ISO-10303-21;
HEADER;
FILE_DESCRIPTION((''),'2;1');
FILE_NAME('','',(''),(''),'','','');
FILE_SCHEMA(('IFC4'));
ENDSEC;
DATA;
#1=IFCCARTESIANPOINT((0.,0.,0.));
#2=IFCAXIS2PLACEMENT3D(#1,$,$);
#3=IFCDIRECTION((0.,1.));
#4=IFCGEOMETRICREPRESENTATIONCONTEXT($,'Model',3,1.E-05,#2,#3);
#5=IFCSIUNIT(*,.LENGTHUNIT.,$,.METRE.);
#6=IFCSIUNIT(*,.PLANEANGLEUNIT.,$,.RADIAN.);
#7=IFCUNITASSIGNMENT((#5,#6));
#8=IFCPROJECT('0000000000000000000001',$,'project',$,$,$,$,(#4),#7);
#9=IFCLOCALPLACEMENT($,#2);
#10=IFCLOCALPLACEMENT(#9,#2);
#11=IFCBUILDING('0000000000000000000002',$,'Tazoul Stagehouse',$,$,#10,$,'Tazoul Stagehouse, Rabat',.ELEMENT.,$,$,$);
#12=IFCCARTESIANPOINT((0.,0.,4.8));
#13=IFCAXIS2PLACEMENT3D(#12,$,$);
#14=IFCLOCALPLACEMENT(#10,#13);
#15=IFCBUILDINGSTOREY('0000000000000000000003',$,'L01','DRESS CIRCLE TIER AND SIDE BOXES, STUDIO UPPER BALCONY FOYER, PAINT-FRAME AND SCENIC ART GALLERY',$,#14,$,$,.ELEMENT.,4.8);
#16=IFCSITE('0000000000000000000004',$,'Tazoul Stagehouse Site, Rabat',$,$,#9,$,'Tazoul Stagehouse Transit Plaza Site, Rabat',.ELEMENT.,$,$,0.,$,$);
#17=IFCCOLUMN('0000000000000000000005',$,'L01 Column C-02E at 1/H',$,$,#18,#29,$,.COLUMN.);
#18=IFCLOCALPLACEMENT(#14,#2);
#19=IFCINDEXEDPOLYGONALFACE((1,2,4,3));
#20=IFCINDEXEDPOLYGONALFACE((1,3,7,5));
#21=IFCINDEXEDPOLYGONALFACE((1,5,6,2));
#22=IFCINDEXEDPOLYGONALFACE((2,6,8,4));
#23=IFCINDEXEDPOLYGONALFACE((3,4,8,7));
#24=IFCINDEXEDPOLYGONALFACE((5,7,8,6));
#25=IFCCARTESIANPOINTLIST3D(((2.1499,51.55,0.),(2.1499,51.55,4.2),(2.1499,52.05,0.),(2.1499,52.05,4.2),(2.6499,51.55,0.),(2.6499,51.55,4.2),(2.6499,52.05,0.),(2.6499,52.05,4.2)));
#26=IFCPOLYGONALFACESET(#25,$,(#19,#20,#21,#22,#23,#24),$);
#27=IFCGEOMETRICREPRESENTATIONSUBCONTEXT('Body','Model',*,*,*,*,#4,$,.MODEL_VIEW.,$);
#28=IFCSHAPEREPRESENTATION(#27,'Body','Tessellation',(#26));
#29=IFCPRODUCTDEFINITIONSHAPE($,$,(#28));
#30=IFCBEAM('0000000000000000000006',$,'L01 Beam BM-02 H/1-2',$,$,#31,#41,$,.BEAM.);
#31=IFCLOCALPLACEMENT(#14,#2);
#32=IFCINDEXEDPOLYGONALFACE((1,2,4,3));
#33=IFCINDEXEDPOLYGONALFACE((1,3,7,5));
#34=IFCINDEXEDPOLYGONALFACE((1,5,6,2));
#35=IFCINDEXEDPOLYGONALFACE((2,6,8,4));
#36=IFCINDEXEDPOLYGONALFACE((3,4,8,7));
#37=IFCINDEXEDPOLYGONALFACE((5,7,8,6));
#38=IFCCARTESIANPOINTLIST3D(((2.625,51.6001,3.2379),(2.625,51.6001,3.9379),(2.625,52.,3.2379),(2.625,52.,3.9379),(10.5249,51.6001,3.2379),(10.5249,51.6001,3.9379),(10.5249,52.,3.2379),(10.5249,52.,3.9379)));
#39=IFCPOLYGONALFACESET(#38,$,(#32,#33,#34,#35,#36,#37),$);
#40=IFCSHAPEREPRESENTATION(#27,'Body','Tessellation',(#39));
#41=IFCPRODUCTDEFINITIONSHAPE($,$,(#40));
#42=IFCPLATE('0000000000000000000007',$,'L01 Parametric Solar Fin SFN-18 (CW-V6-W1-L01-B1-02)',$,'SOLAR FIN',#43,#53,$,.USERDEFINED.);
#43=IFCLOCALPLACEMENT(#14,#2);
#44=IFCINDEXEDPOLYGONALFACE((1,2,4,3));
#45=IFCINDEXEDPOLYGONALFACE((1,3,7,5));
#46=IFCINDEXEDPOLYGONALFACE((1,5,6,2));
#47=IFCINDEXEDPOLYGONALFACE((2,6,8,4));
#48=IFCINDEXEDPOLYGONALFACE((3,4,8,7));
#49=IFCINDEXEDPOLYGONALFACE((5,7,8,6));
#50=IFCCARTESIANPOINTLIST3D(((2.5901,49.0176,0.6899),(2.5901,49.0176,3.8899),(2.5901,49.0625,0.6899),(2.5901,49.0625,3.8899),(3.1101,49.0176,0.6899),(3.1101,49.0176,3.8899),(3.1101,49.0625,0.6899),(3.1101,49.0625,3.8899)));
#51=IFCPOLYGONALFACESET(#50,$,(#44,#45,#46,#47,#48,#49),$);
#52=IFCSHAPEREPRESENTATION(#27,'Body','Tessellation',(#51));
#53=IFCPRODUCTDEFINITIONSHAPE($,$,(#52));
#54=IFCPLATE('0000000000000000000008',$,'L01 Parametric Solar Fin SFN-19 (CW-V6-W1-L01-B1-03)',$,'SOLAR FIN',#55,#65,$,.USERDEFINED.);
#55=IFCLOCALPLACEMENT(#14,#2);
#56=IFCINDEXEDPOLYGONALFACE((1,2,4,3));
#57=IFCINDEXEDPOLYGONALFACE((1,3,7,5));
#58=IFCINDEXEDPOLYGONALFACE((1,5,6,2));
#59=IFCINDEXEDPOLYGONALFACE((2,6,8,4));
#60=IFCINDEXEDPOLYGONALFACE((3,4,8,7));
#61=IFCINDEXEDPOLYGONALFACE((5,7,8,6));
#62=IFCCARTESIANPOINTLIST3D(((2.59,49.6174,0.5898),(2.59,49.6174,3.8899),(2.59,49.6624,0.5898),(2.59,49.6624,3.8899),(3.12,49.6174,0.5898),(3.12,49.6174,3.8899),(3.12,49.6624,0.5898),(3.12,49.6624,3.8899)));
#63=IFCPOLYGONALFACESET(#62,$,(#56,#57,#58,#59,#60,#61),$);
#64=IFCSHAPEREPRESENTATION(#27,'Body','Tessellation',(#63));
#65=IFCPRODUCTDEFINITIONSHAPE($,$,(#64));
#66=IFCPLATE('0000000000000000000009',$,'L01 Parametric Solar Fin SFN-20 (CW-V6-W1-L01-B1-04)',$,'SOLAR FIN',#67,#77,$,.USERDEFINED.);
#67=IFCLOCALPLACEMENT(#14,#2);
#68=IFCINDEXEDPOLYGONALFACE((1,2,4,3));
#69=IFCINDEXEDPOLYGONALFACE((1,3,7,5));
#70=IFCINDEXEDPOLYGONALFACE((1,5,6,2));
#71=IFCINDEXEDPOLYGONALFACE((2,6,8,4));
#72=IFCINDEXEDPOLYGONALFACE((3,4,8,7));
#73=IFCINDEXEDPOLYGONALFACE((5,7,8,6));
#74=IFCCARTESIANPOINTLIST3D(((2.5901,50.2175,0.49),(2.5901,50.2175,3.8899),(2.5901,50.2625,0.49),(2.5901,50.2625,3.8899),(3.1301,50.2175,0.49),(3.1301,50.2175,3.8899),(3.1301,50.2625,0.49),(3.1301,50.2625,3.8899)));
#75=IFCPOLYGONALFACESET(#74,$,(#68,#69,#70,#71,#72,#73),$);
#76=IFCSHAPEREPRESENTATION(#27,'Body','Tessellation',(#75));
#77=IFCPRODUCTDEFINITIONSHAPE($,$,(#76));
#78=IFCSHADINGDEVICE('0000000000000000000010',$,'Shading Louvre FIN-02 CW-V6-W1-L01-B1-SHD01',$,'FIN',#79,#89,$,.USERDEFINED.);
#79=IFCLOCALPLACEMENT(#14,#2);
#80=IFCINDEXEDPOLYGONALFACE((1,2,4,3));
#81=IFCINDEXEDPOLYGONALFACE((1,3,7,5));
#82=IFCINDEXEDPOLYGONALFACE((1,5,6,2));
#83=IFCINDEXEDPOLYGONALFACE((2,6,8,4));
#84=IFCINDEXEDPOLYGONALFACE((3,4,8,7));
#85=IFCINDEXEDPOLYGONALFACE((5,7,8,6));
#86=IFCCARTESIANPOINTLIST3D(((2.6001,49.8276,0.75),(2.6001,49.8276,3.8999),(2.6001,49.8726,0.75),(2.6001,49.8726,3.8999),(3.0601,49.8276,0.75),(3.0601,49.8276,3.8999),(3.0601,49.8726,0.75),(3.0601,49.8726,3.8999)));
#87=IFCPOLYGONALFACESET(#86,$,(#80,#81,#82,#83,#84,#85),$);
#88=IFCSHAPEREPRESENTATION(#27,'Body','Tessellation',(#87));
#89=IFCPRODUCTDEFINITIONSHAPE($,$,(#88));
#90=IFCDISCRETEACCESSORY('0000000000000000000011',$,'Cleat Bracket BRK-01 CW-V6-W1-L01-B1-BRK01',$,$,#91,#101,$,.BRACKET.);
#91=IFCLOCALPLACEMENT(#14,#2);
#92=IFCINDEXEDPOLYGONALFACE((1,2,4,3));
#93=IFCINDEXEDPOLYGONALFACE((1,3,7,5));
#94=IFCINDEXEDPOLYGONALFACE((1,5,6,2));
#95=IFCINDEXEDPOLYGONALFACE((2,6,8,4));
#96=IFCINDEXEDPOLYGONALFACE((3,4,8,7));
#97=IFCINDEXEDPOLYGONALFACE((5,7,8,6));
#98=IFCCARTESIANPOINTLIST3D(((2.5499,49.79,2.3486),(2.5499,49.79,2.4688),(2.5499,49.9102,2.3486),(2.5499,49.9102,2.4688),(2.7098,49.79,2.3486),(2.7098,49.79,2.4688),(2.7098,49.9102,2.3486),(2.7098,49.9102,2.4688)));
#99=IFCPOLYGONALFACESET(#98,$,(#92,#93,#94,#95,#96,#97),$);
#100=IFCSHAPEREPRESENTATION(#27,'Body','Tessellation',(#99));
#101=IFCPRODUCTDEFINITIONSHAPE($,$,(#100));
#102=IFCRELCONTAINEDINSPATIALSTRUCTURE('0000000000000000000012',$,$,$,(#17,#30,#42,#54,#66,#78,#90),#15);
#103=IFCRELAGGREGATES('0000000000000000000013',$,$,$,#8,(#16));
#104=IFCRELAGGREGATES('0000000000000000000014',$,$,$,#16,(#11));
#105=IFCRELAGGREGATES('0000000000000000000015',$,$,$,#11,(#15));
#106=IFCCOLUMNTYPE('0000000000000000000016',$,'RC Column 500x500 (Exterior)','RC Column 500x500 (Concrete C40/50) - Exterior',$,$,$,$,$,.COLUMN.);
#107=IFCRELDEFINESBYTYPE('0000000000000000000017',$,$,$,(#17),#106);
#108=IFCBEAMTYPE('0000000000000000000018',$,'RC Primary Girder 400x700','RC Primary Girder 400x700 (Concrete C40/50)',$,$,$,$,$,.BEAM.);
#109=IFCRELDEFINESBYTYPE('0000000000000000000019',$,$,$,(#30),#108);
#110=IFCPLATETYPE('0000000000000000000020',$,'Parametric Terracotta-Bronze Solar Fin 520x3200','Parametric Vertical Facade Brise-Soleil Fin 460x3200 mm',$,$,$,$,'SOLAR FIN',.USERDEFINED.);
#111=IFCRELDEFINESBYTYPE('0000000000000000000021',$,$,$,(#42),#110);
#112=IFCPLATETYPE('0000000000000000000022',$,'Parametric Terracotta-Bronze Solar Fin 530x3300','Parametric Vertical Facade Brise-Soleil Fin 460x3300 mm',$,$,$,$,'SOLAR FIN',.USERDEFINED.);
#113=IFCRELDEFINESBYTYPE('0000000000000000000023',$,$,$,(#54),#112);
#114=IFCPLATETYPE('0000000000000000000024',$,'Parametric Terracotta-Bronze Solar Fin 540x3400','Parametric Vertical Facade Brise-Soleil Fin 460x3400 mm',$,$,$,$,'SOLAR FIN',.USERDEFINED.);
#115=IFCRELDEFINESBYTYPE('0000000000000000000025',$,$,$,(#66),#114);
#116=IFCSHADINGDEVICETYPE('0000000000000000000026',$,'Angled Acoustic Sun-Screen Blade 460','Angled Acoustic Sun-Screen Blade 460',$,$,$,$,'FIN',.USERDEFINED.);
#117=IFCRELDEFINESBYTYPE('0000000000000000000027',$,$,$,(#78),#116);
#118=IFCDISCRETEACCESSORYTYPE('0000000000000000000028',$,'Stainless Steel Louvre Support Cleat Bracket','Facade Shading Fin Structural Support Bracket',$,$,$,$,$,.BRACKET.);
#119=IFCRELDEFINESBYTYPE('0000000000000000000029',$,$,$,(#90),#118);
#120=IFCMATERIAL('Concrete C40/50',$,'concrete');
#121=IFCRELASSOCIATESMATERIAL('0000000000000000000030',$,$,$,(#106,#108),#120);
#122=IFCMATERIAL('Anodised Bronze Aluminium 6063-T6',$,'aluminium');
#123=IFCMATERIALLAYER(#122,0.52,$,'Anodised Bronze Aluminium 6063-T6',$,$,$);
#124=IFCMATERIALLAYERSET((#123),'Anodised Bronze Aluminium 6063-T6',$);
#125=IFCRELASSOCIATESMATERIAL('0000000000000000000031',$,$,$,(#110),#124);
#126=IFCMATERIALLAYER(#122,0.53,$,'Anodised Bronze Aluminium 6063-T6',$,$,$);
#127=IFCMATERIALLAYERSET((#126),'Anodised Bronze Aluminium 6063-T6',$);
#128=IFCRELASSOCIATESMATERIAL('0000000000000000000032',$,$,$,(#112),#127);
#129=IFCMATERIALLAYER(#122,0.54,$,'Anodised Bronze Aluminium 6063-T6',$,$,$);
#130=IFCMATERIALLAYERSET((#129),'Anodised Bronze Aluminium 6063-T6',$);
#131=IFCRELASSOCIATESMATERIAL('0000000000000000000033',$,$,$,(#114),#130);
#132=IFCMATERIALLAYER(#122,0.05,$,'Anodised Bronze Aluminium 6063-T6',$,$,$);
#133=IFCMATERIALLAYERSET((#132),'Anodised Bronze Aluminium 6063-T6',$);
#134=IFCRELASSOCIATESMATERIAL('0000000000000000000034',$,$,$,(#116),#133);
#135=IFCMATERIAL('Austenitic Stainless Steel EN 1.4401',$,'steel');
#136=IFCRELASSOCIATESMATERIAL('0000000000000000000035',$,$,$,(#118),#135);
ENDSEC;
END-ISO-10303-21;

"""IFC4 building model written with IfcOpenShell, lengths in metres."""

from ifc_helpers import new_model, si_unit, direction, frame, origin, origin_2d, place, context, subcontext, project, spatial, rectangle, extrude, material, layer, layer_set, material_profile, profile_set, type_object, element, save


model = new_model("IFC4")

# Units and contexts
model_context = context("Model", 3, precision=1e-05, world=origin(), true_north=direction((0.0, 1.0)))
body_context = subcontext(model_context, "Body", "Model", "MODEL_VIEW")
ifc_project = project(units=[si_unit("LENGTHUNIT", "METRE"), si_unit("PLANEANGLEUNIT", "RADIAN")], contexts=[model_context])

# Site, building, storey
site_placement = place(None, origin())
site = spatial("IfcSite", under=ifc_project, at=site_placement, Name="Tazoul Stagehouse Site, Rabat", LongName="Tazoul Stagehouse Transit Plaza Site, Rabat", CompositionType="ELEMENT", RefElevation=0.0)
building_placement = place(site_placement, origin())
building = spatial("IfcBuilding", under=site, at=building_placement, Name="Tazoul Stagehouse", LongName="Tazoul Stagehouse, Rabat", CompositionType="ELEMENT")
storey_placement = place(building_placement, frame((0.0, 0.0, 4.8)))
storey = spatial("IfcBuildingStorey", under=building, at=storey_placement, Name="L01", Description="DRESS CIRCLE TIER AND SIDE BOXES, STUDIO UPPER BALCONY FOYER, PAINT-FRAME AND SCENIC ART GALLERY", CompositionType="ELEMENT", Elevation=4.8)

# Column
ifc_material_1 = material(Name="Concrete C40/50", Category="concrete")
ifc_material_profile_1 = material_profile(ifc_material_1, rectangle(XDim=0.5, YDim=0.5, at=origin_2d()), Name="RC 500x500")
ifc_profile_set_1 = profile_set([ifc_material_profile_1], Name="Concrete C40/50")
column_type = type_object("IfcColumnType", Name="RC Column 500x500 (Exterior)", Description="RC Column 500x500 (Concrete C40/50) - Exterior", PredefinedType="COLUMN", material=ifc_profile_set_1)
column_placement = place(storey_placement, frame((2.3999, 51.8, 0.0), z_axis=(0.0, 0.0, 1.0), x_axis=(1.0, 0.0, 0.0)))
element("IfcColumn", 1, at=column_placement, inside=storey, type_object=column_type, Name="L01 Column C-02E at 1/H", PredefinedType="COLUMN", context=body_context, shape_type="SweptSolid", body=[
    extrude(rectangle(XDim=0.5, YDim=0.5, at=origin_2d()), origin(), (0.0, 0.0, 1.0), 4.2),
])

# Beam
ifc_material_profile_2 = material_profile(ifc_material_1, rectangle(XDim=0.3999, YDim=0.7, at=origin_2d()), Name="RC 400x700")
ifc_profile_set_2 = profile_set([ifc_material_profile_2], Name="Concrete C40/50")
beam_type = type_object("IfcBeamType", Name="RC Primary Girder 400x700", Description="RC Primary Girder 400x700 (Concrete C40/50)", PredefinedType="BEAM", material=ifc_profile_set_2)
beam_placement = place(storey_placement, frame((2.625, 51.8, 3.5879), z_axis=(1.0, 0.0, 0.0), x_axis=(0.0, 1.0, 0.0)))
element("IfcBeam", 2, at=beam_placement, inside=storey, type_object=beam_type, Name="L01 Beam BM-02 H/1-2", PredefinedType="BEAM", context=body_context, shape_type="SweptSolid", body=[
    extrude(rectangle(XDim=0.3999, YDim=0.7, at=origin_2d()), origin(), (0.0, 0.0, 1.0), 7.8999),
])

# Plates
ifc_material_2 = material(Name="Anodised Bronze Aluminium 6063-T6", Category="aluminium")
ifc_layer_1 = layer(ifc_material_2, 0.52, Name="Anodised Bronze Aluminium 6063-T6")
ifc_layer_set_1 = layer_set([ifc_layer_1], Name="Anodised Bronze Aluminium 6063-T6")
plate_type_1 = type_object("IfcPlateType", Name="Parametric Terracotta-Bronze Solar Fin 520x3200", Description="Parametric Vertical Facade Brise-Soleil Fin 460x3200 mm", ElementType="SOLAR FIN", PredefinedType="USERDEFINED", material=ifc_layer_set_1)
plate_1_placement = place(storey_placement, frame((2.8501, 49.04, 0.6899), z_axis=(0.0, 0.0, 1.0), x_axis=(0.0, 1.0, 0.0)))
element("IfcPlate", 3, at=plate_1_placement, inside=storey, type_object=plate_type_1, Name="L01 Parametric Solar Fin SFN-18 (CW-V6-W1-L01-B1-02)", ObjectType="SOLAR FIN", PredefinedType="USERDEFINED", context=body_context, shape_type="SweptSolid", body=[
    extrude(rectangle(XDim=0.0449, YDim=0.52, at=origin_2d()), origin(), (0.0, 0.0, 1.0), 3.2),
])
ifc_layer_2 = layer(ifc_material_2, 0.53, Name="Anodised Bronze Aluminium 6063-T6")
ifc_layer_set_2 = layer_set([ifc_layer_2], Name="Anodised Bronze Aluminium 6063-T6")
plate_type_2 = type_object("IfcPlateType", Name="Parametric Terracotta-Bronze Solar Fin 530x3300", Description="Parametric Vertical Facade Brise-Soleil Fin 460x3300 mm", ElementType="SOLAR FIN", PredefinedType="USERDEFINED", material=ifc_layer_set_2)
plate_2_placement = place(storey_placement, frame((2.855, 49.6399, 0.5898), z_axis=(0.0, 0.0, 1.0), x_axis=(0.0, 1.0, 0.0)))
element("IfcPlate", 4, at=plate_2_placement, inside=storey, type_object=plate_type_2, Name="L01 Parametric Solar Fin SFN-19 (CW-V6-W1-L01-B1-03)", ObjectType="SOLAR FIN", PredefinedType="USERDEFINED", context=body_context, shape_type="SweptSolid", body=[
    extrude(rectangle(XDim=0.0449, YDim=0.53, at=origin_2d()), origin(), (0.0, 0.0, 1.0), 3.3),
])
ifc_layer_3 = layer(ifc_material_2, 0.54, Name="Anodised Bronze Aluminium 6063-T6")
ifc_layer_set_3 = layer_set([ifc_layer_3], Name="Anodised Bronze Aluminium 6063-T6")
plate_type_3 = type_object("IfcPlateType", Name="Parametric Terracotta-Bronze Solar Fin 540x3400", Description="Parametric Vertical Facade Brise-Soleil Fin 460x3400 mm", ElementType="SOLAR FIN", PredefinedType="USERDEFINED", material=ifc_layer_set_3)
plate_3_placement = place(storey_placement, frame((2.8601, 50.24, 0.49), z_axis=(0.0, 0.0, 1.0), x_axis=(0.0, 1.0, 0.0)))
element("IfcPlate", 5, at=plate_3_placement, inside=storey, type_object=plate_type_3, Name="L01 Parametric Solar Fin SFN-20 (CW-V6-W1-L01-B1-04)", ObjectType="SOLAR FIN", PredefinedType="USERDEFINED", context=body_context, shape_type="SweptSolid", body=[
    extrude(rectangle(XDim=0.0449, YDim=0.54, at=origin_2d()), origin(), (0.0, 0.0, 1.0), 3.3999),
])

# Shading device
ifc_layer_4 = layer(ifc_material_2, 0.05, Name="Anodised Bronze Aluminium 6063-T6")
ifc_layer_set_4 = layer_set([ifc_layer_4], Name="Anodised Bronze Aluminium 6063-T6")
shading_device_type = type_object("IfcShadingDeviceType", Name="Angled Acoustic Sun-Screen Blade 460", Description="Angled Acoustic Sun-Screen Blade 460", ElementType="FIN", PredefinedType="USERDEFINED", material=ifc_layer_set_4)
shading_device_placement = place(storey_placement, frame((2.8301, 49.8501, 0.75), z_axis=(0.0, 0.0, 1.0), x_axis=(0.0, 1.0, 0.0)))
element("IfcShadingDevice", 6, at=shading_device_placement, inside=storey, type_object=shading_device_type, Name="Shading Louvre FIN-02 CW-V6-W1-L01-B1-SHD01", ObjectType="FIN", PredefinedType="USERDEFINED", context=body_context, shape_type="SweptSolid", body=[
    extrude(rectangle(XDim=0.0449, YDim=0.46, at=origin_2d()), origin(), (0.0, 0.0, 1.0), 3.1499),
])

# Discrete accessory
ifc_material_3 = material(Name="Austenitic Stainless Steel EN 1.4401", Category="steel")
discrete_accessory_type = type_object("IfcDiscreteAccessoryType", Name="Stainless Steel Louvre Support Cleat Bracket", Description="Facade Shading Fin Structural Support Bracket", PredefinedType="BRACKET", material=ifc_material_3)
discrete_accessory_placement = place(storey_placement, frame((2.6299, 49.8501, 2.3486), z_axis=(0.0, 0.0, 1.0), x_axis=(0.0, 1.0, 0.0)))
element("IfcDiscreteAccessory", 7, at=discrete_accessory_placement, inside=storey, type_object=discrete_accessory_type, Name="Cleat Bracket BRK-01 CW-V6-W1-L01-B1-BRK01", PredefinedType="BRACKET", context=body_context, shape_type="SweptSolid", body=[
    extrude(rectangle(XDim=0.1201, YDim=0.1599, at=origin_2d()), origin(), (0.0, 0.0, 1.0), 0.1201),
])

save(model, "model.ifc")
